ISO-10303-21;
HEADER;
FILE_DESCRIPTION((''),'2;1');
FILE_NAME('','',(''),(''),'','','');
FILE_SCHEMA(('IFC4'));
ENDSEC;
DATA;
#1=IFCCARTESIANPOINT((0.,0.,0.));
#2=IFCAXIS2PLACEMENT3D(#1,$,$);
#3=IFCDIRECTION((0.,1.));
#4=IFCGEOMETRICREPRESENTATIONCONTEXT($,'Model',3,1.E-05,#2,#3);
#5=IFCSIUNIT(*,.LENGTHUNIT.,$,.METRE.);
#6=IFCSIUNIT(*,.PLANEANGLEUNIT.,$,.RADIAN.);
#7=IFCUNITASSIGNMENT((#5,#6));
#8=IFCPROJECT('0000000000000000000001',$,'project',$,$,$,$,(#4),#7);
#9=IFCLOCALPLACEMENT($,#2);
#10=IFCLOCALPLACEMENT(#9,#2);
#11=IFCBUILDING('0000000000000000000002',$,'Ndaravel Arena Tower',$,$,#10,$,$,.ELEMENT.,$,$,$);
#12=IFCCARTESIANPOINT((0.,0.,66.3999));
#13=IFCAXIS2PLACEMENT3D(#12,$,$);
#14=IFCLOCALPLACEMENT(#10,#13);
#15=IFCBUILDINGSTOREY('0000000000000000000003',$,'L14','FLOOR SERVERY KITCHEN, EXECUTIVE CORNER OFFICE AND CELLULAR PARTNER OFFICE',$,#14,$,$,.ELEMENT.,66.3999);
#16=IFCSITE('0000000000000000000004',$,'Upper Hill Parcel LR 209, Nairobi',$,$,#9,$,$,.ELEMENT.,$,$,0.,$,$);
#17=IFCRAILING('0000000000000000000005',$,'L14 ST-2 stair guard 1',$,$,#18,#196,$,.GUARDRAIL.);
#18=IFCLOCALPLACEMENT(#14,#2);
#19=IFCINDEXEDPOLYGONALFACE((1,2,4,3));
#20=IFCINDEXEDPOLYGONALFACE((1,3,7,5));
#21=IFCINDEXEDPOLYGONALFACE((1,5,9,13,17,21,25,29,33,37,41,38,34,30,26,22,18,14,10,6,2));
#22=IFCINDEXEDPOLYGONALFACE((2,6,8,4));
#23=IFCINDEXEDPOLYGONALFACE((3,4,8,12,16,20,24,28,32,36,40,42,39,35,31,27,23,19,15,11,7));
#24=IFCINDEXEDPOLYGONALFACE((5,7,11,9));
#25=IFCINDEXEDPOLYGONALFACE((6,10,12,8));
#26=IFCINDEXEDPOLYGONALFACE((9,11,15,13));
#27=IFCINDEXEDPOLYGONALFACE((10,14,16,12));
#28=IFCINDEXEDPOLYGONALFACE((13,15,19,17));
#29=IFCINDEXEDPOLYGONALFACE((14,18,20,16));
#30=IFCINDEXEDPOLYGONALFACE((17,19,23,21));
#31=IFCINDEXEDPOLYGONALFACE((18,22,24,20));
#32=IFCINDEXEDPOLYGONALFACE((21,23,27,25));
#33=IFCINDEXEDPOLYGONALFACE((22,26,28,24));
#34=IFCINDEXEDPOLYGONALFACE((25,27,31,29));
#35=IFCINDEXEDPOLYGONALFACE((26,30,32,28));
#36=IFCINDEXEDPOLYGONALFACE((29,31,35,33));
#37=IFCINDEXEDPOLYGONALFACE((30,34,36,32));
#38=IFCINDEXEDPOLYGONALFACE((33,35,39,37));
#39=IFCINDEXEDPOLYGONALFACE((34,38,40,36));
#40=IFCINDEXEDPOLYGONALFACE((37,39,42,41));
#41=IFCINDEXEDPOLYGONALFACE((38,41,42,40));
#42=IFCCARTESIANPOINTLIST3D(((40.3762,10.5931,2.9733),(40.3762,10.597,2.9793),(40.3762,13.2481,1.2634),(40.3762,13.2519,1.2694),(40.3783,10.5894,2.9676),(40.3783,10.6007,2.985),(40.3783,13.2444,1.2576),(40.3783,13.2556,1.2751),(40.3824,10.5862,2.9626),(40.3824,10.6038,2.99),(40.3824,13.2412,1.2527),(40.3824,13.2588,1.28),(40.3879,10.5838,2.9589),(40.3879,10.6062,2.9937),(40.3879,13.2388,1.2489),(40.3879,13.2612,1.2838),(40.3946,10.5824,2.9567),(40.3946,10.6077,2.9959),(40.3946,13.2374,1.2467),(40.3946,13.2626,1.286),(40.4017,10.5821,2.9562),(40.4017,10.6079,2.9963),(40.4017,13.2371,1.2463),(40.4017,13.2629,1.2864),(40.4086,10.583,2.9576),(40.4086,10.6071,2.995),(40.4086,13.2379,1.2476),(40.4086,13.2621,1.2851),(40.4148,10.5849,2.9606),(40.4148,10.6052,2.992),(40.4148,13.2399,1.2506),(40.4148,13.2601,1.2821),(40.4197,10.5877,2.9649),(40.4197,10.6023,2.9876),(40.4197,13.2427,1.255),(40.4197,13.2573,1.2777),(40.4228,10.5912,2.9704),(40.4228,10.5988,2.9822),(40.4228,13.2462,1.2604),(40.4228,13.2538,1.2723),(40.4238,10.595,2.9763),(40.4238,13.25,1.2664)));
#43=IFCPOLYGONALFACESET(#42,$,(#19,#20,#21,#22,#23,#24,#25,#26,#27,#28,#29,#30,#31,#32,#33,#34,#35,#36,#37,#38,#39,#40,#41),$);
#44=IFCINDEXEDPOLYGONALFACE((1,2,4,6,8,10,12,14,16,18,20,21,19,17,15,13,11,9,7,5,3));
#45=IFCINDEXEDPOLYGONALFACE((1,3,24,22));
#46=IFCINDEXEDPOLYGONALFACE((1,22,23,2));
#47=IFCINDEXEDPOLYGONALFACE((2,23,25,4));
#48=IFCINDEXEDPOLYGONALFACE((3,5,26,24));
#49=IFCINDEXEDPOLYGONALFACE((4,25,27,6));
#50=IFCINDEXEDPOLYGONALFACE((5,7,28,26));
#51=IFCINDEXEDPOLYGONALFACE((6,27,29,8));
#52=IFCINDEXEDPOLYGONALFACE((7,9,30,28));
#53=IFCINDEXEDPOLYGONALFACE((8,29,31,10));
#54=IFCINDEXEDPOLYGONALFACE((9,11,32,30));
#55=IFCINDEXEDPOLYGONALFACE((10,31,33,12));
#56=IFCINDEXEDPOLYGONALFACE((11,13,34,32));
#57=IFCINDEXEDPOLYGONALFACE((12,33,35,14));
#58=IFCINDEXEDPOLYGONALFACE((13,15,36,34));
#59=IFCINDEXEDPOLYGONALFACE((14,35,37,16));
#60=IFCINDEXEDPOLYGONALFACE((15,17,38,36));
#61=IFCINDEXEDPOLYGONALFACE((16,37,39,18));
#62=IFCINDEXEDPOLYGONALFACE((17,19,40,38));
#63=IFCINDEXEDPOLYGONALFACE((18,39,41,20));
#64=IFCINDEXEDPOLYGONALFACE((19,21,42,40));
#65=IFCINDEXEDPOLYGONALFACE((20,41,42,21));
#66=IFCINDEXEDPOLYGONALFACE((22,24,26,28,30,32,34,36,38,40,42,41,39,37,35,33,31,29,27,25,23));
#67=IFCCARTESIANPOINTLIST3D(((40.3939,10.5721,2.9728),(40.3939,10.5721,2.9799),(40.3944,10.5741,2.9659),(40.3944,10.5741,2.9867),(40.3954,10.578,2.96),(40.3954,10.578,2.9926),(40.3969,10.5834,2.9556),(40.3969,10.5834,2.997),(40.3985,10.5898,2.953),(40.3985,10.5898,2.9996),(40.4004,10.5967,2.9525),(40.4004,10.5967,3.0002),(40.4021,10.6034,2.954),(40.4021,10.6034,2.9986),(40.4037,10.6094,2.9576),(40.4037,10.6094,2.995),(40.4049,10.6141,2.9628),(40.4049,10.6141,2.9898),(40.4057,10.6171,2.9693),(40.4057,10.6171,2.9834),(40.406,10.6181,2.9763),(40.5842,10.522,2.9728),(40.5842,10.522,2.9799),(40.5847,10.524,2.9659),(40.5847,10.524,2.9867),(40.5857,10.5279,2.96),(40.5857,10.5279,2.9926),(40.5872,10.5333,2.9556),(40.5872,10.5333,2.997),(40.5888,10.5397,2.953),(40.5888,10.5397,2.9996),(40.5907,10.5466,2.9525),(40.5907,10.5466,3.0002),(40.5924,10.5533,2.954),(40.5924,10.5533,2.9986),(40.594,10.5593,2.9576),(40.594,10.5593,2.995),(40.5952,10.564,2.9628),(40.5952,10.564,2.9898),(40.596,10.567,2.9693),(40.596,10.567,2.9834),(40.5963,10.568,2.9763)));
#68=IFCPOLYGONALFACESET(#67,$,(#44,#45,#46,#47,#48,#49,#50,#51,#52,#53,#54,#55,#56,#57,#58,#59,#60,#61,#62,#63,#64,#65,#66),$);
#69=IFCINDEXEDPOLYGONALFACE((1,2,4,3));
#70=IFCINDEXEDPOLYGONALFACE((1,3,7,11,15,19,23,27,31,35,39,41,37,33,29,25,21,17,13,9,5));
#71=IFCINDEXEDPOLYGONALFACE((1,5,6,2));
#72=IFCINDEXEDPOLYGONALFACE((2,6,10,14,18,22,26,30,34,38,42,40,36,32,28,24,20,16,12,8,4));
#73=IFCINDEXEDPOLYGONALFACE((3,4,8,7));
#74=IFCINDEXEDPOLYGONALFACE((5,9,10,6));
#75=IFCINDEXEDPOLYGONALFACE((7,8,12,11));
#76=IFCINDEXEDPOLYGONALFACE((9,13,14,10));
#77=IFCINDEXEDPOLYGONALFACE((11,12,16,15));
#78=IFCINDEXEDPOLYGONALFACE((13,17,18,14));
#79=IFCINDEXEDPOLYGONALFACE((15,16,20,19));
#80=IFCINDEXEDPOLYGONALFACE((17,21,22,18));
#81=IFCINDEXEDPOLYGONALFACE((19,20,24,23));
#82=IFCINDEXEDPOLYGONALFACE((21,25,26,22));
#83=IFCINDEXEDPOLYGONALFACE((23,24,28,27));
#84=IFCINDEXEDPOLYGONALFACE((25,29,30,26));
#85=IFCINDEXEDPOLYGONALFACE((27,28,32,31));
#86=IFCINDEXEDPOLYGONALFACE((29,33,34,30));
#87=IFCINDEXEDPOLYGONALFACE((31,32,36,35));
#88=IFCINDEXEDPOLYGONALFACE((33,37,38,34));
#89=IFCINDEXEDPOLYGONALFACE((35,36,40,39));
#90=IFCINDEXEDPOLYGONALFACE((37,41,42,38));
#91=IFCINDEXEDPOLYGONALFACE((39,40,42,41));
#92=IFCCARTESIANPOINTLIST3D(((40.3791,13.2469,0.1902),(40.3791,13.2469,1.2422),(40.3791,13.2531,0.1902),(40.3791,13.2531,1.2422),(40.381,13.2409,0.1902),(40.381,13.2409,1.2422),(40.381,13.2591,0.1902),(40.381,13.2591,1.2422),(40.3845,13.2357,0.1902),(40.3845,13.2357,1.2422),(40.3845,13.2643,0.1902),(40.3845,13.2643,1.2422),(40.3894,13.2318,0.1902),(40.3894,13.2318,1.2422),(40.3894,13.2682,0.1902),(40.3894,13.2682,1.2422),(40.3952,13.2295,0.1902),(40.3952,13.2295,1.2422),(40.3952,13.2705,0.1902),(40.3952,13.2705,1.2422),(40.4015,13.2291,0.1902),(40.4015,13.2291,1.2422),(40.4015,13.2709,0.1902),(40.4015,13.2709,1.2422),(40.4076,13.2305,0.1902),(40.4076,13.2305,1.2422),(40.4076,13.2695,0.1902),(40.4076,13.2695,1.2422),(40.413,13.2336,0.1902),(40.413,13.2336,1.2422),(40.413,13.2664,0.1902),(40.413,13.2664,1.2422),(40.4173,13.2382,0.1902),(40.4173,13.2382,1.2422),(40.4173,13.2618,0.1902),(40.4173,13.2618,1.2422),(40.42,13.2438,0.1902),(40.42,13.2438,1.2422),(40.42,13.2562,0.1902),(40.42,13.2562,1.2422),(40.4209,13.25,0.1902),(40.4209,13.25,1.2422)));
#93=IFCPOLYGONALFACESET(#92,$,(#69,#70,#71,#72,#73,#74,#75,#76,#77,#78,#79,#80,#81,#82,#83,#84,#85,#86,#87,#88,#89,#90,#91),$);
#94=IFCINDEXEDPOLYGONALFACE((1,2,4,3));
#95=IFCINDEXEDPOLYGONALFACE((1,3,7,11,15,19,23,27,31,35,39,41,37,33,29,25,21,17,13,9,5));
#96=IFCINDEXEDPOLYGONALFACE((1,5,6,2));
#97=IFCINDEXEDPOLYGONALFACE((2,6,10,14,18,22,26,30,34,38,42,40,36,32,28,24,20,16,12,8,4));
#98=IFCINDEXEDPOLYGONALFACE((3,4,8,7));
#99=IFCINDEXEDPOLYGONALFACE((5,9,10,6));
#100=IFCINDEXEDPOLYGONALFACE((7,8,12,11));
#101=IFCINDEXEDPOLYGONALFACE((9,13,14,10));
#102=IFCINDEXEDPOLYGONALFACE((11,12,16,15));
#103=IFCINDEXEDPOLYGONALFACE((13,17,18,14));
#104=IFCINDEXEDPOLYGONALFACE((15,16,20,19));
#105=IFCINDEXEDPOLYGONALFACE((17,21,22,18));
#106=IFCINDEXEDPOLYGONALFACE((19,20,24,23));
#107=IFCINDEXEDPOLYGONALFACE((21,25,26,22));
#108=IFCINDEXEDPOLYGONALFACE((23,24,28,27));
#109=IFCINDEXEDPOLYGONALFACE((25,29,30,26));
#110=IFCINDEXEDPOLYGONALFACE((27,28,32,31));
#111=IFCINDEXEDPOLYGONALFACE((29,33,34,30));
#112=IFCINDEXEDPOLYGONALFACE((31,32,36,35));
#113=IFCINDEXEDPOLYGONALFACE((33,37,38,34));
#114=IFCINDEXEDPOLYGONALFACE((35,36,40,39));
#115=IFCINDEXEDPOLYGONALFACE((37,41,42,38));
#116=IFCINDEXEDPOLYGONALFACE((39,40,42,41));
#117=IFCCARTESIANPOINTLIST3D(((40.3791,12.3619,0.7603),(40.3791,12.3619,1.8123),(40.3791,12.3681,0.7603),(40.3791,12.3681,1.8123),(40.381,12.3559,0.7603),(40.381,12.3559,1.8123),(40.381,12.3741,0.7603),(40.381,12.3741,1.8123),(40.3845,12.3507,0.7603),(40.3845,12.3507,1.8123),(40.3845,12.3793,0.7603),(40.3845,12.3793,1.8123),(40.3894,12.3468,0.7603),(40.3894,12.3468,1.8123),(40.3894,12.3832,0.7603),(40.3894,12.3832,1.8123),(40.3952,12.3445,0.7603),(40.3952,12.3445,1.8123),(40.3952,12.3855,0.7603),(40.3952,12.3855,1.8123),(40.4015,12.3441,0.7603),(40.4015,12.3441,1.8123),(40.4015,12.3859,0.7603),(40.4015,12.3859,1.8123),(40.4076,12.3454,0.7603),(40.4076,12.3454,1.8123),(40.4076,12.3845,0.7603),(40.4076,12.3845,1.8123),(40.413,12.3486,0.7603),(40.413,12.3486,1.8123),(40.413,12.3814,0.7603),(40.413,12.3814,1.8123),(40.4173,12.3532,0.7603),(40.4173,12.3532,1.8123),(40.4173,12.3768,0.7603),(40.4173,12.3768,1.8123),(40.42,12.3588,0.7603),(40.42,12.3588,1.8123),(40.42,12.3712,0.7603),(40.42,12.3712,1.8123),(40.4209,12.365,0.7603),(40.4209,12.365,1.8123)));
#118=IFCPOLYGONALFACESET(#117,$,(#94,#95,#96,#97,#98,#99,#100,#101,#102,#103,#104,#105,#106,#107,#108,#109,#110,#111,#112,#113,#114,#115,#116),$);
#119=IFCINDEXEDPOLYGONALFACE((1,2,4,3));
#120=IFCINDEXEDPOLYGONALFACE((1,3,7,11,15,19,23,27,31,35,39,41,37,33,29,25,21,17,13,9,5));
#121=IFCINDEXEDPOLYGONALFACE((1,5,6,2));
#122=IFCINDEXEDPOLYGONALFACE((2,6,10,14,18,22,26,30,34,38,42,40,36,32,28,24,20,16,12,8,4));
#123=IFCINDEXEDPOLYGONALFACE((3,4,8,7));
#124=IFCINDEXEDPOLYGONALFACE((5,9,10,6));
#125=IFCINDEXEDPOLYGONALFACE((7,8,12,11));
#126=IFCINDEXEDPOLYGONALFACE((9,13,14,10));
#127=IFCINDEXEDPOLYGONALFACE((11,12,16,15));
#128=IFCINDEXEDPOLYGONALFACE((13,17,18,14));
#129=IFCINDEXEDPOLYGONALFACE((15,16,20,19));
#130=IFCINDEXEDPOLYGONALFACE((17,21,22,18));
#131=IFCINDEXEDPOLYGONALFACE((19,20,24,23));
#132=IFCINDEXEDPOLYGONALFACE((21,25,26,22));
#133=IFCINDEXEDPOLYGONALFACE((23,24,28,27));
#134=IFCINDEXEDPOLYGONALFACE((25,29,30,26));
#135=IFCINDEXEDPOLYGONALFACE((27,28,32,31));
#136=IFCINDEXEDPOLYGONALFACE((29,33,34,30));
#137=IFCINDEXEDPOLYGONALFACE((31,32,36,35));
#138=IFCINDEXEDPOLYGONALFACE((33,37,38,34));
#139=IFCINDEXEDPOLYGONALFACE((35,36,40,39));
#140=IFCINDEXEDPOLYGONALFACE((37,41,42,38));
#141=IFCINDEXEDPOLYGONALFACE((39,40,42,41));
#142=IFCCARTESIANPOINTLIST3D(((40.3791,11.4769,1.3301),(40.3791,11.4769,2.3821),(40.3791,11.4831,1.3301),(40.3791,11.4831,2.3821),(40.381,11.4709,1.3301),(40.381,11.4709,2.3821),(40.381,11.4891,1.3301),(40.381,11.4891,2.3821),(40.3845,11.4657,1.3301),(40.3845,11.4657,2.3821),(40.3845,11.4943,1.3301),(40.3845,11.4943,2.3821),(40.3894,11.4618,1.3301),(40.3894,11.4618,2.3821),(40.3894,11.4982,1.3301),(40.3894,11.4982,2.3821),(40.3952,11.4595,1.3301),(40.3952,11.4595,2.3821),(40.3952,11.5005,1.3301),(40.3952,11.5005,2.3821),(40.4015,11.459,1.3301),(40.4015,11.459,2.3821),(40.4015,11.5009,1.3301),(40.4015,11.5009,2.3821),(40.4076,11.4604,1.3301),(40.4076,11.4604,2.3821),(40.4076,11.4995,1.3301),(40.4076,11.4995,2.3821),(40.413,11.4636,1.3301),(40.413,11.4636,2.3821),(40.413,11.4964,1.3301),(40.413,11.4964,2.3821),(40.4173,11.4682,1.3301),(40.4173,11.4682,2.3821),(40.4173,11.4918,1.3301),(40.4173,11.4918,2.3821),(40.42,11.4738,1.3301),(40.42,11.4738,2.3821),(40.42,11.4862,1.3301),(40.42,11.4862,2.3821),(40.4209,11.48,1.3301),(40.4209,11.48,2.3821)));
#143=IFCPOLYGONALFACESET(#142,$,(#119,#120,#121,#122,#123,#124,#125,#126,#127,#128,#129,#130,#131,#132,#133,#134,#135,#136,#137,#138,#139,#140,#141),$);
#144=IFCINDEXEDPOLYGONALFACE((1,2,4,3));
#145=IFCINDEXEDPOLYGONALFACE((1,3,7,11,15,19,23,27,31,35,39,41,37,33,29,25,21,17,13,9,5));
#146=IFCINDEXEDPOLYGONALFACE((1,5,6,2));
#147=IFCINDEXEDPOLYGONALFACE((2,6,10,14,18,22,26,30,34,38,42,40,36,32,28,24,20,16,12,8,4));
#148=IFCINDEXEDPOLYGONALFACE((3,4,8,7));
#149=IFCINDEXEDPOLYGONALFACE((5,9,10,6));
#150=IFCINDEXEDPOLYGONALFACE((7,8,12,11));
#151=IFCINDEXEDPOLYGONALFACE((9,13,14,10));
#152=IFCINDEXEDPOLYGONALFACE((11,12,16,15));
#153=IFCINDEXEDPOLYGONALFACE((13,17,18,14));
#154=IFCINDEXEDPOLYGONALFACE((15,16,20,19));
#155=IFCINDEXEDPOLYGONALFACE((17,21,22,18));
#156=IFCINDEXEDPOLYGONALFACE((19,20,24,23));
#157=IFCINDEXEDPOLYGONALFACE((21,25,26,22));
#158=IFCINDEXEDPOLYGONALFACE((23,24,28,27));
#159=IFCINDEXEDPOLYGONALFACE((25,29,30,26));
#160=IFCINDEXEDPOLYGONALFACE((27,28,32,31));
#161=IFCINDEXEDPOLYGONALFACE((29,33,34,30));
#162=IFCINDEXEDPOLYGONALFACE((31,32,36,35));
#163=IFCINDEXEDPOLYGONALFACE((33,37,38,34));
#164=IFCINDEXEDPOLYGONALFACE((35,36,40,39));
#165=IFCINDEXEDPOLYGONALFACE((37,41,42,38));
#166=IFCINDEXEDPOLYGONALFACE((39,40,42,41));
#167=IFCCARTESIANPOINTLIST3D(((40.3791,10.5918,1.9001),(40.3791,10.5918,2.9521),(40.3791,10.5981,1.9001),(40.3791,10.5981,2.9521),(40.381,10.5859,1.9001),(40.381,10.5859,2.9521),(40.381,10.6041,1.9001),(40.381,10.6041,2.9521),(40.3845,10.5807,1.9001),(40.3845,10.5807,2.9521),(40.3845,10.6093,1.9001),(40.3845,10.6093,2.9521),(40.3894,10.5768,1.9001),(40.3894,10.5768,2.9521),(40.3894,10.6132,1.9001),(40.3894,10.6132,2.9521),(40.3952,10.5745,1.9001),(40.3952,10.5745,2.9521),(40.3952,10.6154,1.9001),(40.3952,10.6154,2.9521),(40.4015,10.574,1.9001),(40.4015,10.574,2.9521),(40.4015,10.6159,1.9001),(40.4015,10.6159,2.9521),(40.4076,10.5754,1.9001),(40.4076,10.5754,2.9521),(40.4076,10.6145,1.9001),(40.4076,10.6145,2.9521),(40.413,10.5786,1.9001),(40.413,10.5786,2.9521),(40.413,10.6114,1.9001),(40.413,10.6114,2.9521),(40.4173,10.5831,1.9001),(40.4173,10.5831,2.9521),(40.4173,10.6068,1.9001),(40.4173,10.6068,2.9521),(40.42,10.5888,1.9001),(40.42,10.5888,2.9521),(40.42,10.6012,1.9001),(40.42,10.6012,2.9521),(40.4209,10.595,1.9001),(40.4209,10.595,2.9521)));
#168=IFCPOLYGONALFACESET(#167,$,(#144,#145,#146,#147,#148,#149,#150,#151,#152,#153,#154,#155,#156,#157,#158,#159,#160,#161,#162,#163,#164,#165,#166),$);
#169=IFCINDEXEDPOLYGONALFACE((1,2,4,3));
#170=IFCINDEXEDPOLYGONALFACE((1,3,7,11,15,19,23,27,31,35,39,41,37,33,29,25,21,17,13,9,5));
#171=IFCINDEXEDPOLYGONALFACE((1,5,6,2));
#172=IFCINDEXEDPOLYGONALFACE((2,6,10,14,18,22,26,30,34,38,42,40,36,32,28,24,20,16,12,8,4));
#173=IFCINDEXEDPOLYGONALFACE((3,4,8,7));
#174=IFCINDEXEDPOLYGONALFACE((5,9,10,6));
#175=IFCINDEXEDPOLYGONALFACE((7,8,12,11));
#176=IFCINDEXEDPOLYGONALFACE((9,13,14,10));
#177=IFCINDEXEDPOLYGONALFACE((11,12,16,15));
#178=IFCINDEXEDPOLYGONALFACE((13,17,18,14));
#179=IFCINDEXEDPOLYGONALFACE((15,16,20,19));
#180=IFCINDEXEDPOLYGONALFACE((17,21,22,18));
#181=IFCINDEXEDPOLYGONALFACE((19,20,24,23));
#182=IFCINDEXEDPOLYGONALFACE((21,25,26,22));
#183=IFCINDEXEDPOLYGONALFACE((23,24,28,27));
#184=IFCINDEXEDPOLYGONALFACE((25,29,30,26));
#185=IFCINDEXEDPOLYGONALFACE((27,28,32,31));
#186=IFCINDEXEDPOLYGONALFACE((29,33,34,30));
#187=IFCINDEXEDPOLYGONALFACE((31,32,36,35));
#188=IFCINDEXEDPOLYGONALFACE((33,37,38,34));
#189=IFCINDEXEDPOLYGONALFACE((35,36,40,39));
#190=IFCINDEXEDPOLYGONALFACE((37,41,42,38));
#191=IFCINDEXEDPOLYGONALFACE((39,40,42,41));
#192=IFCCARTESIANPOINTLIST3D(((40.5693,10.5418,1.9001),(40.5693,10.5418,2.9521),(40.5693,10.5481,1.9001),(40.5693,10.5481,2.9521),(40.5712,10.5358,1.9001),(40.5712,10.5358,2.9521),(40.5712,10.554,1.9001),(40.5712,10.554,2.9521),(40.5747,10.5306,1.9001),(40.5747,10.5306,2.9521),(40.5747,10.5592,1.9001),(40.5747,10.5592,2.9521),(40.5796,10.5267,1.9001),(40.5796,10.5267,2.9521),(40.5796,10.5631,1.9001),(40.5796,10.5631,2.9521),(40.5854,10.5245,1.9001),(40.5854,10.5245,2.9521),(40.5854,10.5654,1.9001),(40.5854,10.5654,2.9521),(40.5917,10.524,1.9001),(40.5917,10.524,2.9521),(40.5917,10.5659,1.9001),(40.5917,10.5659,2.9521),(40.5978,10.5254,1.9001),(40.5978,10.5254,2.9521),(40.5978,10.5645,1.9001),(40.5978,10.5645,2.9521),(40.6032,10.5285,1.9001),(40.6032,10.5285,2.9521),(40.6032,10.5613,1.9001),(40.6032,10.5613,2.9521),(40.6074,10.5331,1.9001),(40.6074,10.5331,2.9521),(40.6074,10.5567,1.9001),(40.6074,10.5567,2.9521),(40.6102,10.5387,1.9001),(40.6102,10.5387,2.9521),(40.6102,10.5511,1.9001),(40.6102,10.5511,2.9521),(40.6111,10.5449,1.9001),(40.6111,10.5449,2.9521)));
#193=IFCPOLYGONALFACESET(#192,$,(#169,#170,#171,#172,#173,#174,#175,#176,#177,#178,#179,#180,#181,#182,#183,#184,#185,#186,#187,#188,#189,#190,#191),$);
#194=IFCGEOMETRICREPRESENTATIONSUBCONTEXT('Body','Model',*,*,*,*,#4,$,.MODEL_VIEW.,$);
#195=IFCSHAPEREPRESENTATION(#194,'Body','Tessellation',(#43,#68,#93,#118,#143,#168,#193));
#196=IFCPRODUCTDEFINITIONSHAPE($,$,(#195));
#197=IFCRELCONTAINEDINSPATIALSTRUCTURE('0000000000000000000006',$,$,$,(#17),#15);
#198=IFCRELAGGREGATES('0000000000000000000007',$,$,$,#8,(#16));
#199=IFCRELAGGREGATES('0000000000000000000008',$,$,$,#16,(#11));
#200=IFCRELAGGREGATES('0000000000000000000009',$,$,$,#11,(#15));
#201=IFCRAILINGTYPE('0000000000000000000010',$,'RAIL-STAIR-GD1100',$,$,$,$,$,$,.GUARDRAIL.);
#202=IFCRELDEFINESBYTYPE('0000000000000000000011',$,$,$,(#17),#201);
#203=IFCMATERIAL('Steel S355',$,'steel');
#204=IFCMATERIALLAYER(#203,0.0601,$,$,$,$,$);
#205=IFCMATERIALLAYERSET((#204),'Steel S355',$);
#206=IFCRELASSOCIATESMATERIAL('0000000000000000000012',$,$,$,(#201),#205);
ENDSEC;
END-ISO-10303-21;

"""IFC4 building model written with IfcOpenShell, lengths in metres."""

from ifc_helpers import new_model, si_unit, direction, frame, origin, origin_2d, place, context, subcontext, project, spatial, circle, extrude, material, layer, layer_set, type_object, element, save


model = new_model("IFC4")

# Units and contexts
model_context = context("Model", 3, precision=1e-05, world=origin(), true_north=direction((0.0, 1.0)))
body_context = subcontext(model_context, "Body", "Model", "MODEL_VIEW")
ifc_project = project(units=[si_unit("LENGTHUNIT", "METRE"), si_unit("PLANEANGLEUNIT", "RADIAN")], contexts=[model_context])

# Site, building, storey
site_placement = place(None, origin())
site = spatial("IfcSite", under=ifc_project, at=site_placement, Name="Upper Hill Parcel LR 209, Nairobi", CompositionType="ELEMENT", RefElevation=0.0)
building_placement = place(site_placement, origin())
building = spatial("IfcBuilding", under=site, at=building_placement, Name="Ndaravel Arena Tower", CompositionType="ELEMENT")
storey_placement = place(building_placement, frame((0.0, 0.0, 66.3999)))
storey = spatial("IfcBuildingStorey", under=building, at=storey_placement, Name="L14", Description="FLOOR SERVERY KITCHEN, EXECUTIVE CORNER OFFICE AND CELLULAR PARTNER OFFICE", CompositionType="ELEMENT", Elevation=66.3999)

# Railing
ifc_material_1 = material(Name="Steel S355", Category="steel")
ifc_layer_1 = layer(ifc_material_1, 0.0601)
ifc_layer_set_1 = layer_set([ifc_layer_1], Name="Steel S355")
railing_type_1 = type_object("IfcRailingType", Name="RAIL-STAIR-GD1100", PredefinedType="GUARDRAIL", material=ifc_layer_set_1)
railing_1_placement = place(storey_placement, frame((40.3999, 13.25, 0.1902)))
element("IfcRailing", 1, at=railing_1_placement, inside=storey, type_object=railing_type_1, Name="L14 ST-2 stair guard 1", PredefinedType="GUARDRAIL", context=body_context, shape_type="SweptSolid", body=[
    extrude(circle(Radius=0.0239, at=origin_2d()), frame((0.0, 0.0, 1.0762), z_axis=(0.0, -0.840724, 0.541465), x_axis=(1.0, 0.0, 0.0)), (0.0, 0.0, 1.0), 3.158),
    extrude(circle(Radius=0.0239, at=origin_2d()), frame((0.0, -2.655, 2.7861), z_axis=(0.967075, -0.254493, 0.0), x_axis=(0.254493, 0.967075, 0.0)), (0.0, 0.0, 1.0), 0.1968),
    extrude(circle(Radius=0.021, at=origin_2d()), origin(), (0.0, 0.0, 1.0), 1.052),
    extrude(circle(Radius=0.021, at=origin_2d()), frame((0.0, -0.885, 0.5701)), (0.0, 0.0, 1.0), 1.052),
    extrude(circle(Radius=0.021, at=origin_2d()), frame((0.0, -1.77, 1.1399)), (0.0, 0.0, 1.0), 1.052),
    extrude(circle(Radius=0.021, at=origin_2d()), frame((0.0, -2.655, 1.71)), (0.0, 0.0, 1.0), 1.052),
    extrude(circle(Radius=0.021, at=origin_2d()), frame((0.1902, -2.7051, 1.71)), (0.0, 0.0, 1.0), 1.052),
])

save(model, "model.ifc")
